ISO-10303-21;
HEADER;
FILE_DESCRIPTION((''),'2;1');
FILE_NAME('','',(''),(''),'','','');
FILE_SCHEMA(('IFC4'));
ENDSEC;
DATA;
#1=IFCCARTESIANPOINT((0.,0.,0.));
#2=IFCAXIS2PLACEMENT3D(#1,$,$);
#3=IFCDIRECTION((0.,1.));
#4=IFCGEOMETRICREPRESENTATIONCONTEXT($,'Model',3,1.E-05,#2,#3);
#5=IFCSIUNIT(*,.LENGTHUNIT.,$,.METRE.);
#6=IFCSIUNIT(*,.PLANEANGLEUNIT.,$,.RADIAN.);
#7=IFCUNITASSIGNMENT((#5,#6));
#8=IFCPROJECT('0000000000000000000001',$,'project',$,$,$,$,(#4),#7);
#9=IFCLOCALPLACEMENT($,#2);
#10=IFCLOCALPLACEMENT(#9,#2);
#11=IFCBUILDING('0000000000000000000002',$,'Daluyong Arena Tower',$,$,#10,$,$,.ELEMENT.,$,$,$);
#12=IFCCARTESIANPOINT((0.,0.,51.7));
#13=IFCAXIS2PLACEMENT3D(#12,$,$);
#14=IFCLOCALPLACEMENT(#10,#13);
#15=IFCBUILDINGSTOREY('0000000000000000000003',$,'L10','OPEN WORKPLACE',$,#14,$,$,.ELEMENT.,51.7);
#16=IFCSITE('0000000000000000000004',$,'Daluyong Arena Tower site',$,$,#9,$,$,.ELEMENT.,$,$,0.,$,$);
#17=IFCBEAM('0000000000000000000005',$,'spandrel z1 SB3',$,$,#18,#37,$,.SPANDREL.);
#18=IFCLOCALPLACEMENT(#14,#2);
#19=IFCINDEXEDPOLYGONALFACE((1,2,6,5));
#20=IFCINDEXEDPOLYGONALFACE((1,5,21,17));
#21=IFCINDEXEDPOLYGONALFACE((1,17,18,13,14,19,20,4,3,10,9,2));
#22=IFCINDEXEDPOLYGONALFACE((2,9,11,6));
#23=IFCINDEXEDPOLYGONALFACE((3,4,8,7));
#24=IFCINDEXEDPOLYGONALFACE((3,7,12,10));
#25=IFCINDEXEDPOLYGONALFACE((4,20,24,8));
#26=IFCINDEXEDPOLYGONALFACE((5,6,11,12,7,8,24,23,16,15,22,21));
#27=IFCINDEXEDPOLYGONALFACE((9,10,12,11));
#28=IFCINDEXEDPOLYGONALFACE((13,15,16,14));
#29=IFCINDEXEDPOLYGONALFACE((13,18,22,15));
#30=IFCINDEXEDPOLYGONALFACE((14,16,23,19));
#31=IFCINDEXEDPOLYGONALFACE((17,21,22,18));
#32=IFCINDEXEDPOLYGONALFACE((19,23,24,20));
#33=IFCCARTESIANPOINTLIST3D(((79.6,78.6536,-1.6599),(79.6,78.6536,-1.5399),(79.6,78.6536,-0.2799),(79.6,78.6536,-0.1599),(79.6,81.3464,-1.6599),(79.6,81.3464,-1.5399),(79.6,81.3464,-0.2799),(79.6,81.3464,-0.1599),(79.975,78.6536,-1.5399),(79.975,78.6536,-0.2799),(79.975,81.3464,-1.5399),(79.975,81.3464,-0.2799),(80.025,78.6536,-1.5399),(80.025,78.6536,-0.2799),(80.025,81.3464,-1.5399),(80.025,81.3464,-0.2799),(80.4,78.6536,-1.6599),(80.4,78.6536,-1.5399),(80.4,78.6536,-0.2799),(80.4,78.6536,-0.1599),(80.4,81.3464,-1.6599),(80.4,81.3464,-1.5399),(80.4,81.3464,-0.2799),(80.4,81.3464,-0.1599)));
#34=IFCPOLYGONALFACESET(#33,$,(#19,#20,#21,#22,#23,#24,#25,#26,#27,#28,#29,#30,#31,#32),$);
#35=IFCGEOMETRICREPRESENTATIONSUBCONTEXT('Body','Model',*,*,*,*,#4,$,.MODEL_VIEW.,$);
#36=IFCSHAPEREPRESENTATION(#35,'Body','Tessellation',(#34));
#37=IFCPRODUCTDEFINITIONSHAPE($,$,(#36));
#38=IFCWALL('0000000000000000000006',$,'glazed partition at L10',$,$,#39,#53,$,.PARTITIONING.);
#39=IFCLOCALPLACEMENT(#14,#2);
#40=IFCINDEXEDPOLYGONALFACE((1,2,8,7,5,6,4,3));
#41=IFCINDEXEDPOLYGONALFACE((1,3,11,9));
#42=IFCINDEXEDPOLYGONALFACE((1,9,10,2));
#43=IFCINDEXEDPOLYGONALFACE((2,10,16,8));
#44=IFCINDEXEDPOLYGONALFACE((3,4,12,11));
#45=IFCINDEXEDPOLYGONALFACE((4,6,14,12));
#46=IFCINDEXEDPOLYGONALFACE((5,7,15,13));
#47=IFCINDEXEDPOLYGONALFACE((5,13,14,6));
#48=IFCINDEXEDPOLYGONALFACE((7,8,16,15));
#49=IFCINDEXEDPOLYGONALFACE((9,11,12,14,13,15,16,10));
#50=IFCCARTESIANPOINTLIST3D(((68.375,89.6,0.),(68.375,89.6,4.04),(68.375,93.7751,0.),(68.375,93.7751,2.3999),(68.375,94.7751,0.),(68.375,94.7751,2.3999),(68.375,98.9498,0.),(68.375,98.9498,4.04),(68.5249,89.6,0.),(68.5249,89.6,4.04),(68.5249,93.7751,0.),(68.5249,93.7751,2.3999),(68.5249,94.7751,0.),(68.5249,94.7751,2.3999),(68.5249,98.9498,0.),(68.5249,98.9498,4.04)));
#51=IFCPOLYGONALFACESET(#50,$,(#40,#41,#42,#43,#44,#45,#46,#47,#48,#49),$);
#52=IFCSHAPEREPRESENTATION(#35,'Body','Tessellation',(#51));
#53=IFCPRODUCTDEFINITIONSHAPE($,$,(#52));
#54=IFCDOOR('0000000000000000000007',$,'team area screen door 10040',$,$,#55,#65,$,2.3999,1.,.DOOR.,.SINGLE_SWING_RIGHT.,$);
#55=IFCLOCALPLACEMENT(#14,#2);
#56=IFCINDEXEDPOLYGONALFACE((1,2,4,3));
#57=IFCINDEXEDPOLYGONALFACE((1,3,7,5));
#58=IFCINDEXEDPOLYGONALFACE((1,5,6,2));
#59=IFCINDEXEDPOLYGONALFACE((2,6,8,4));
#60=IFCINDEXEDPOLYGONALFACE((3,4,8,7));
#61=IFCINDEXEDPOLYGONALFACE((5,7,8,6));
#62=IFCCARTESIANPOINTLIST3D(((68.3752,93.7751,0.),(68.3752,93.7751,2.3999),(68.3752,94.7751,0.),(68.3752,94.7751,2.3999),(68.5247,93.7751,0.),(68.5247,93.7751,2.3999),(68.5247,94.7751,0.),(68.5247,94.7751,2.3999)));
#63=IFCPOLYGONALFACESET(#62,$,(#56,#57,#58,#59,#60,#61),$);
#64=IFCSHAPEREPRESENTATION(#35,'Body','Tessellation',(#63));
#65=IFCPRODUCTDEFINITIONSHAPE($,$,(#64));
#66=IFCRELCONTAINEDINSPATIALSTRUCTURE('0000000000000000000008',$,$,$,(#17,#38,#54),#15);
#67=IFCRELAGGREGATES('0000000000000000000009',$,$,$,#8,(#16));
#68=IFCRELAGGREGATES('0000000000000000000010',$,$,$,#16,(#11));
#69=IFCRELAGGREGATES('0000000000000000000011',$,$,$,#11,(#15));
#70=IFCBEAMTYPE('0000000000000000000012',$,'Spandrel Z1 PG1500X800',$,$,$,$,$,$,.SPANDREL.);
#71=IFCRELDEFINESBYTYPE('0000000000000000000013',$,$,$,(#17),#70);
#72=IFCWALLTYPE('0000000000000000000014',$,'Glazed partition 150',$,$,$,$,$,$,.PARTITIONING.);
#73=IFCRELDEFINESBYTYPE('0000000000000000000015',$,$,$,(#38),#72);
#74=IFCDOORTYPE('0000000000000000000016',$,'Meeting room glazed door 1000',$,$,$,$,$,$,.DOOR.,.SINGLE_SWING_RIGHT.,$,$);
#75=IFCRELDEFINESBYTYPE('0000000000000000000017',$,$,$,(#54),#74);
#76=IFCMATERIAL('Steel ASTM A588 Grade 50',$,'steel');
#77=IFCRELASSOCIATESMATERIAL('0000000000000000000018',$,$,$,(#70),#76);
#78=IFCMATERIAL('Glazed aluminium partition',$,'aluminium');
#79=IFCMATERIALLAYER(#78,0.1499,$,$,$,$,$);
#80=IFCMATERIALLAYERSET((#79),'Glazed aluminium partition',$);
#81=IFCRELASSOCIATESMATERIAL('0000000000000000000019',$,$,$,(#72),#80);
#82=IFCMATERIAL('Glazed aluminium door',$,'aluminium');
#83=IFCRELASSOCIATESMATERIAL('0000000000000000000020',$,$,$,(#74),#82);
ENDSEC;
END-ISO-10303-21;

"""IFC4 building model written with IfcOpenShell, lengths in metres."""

from ifc_helpers import new_model, si_unit, direction, frame, frame_2d, origin, origin_2d, place, context, subcontext, project, spatial, rectangle, i_section, extrude, material, layer, layer_set, material_profile, profile_set, type_object, element, fill, save


model = new_model("IFC4")

# Units and contexts
model_context = context("Model", 3, precision=1e-05, world=origin(), true_north=direction((0.0, 1.0)))
body_context = subcontext(model_context, "Body", "Model", "MODEL_VIEW")
ifc_project = project(units=[si_unit("LENGTHUNIT", "METRE"), si_unit("PLANEANGLEUNIT", "RADIAN")], contexts=[model_context])

# Site, building, storey
site_placement = place(None, origin())
site = spatial("IfcSite", under=ifc_project, at=site_placement, Name="Daluyong Arena Tower site", CompositionType="ELEMENT", RefElevation=0.0)
building_placement = place(site_placement, origin())
building = spatial("IfcBuilding", under=site, at=building_placement, Name="Daluyong Arena Tower", CompositionType="ELEMENT")
storey_placement = place(building_placement, frame((0.0, 0.0, 51.7)))
storey = spatial("IfcBuildingStorey", under=building, at=storey_placement, Name="L10", Description="OPEN WORKPLACE", CompositionType="ELEMENT", Elevation=51.7)

# Beam
ifc_material_1 = material(Name="Steel ASTM A588 Grade 50", Category="steel")
ifc_material_profile_1 = material_profile(ifc_material_1, i_section(OverallWidth=0.8, OverallDepth=1.5, WebThickness=0.05, FlangeThickness=0.12, at=origin_2d()))
ifc_profile_set_1 = profile_set([ifc_material_profile_1], Name="Steel ASTM A588 Grade 50")
beam_type_1 = type_object("IfcBeamType", Name="Spandrel Z1 PG1500X800", PredefinedType="SPANDREL", material=ifc_profile_set_1)
beam_1_placement = place(storey_placement, frame((80.0, 78.6536, -0.9099), z_axis=(0.0, 1.0, 0.0), x_axis=(-1.0, 0.0, 0.0)))
element("IfcBeam", 1, at=beam_1_placement, inside=storey, type_object=beam_type_1, Name="spandrel z1 SB3", PredefinedType="SPANDREL", context=body_context, shape_type="SweptSolid", body=[
    extrude(i_section(OverallWidth=0.8, OverallDepth=1.5, WebThickness=0.05, FlangeThickness=0.12, at=origin_2d()), origin(), (0.0, 0.0, 1.0), 2.6929),
])

# Wall, opening, door
ifc_material_2 = material(Name="Glazed aluminium partition", Category="aluminium")
ifc_layer_1 = layer(ifc_material_2, 0.1499)
ifc_layer_set_1 = layer_set([ifc_layer_1], Name="Glazed aluminium partition")
wall_type_1 = type_object("IfcWallType", Name="Glazed partition 150", PredefinedType="PARTITIONING", material=ifc_layer_set_1)
wall_1_placement = place(storey_placement, frame((68.45, 89.6001, 0.0), z_axis=(0.0, 0.0, 1.0), x_axis=(0.0, 1.0, 0.0)))
wall_1 = element("IfcWall", 2, at=wall_1_placement, inside=storey, type_object=wall_type_1, Name="glazed partition at L10", PredefinedType="PARTITIONING", context=body_context, shape_type="SweptSolid", body=[
    extrude(rectangle(XDim=9.3499, YDim=0.1499, at=frame_2d((4.6748, 0.0))), origin(), (0.0, 0.0, 1.0), 4.04),
])
opening_1_placement = place(wall_1_placement, frame((4.175, 0.0, 0.0)))
opening_1 = element("IfcOpeningElement", 3, at=opening_1_placement, cuts=wall_1, PredefinedType="OPENING", context=body_context, shape_type="SweptSolid", body=[
    extrude(rectangle(XDim=1.0, YDim=2.3999, at=frame_2d((0.5, 1.2))), frame((0.0, 0.085, 0.0), z_axis=(0.0, -1.0, 0.0), x_axis=(1.0, 0.0, 0.0)), (0.0, 0.0, 1.0), 0.1699),
])
ifc_material_3 = material(Name="Glazed aluminium door", Category="aluminium")
door_type_1 = type_object("IfcDoorType", Name="Meeting room glazed door 1000", OperationType="SINGLE_SWING_RIGHT", PredefinedType="DOOR", material=ifc_material_3)
door_1_placement = place(opening_1_placement, origin())
door_1 = element("IfcDoor", 4, at=door_1_placement, inside=storey, type_object=door_type_1, Name="team area screen door 10040", OperationType="SINGLE_SWING_RIGHT", OverallHeight=2.3999, OverallWidth=1.0, PredefinedType="DOOR", context=body_context, shape_type="SweptSolid", body=[
    extrude(rectangle(XDim=1.0, YDim=2.3999, at=frame_2d((0.5, 1.2))), frame((0.0, 0.0747, 0.0), z_axis=(0.0, -1.0, 0.0), x_axis=(1.0, 0.0, 0.0)), (0.0, 0.0, 1.0), 0.1494),
])
fill(opening_1, door_1)

save(model, "model.ifc")
